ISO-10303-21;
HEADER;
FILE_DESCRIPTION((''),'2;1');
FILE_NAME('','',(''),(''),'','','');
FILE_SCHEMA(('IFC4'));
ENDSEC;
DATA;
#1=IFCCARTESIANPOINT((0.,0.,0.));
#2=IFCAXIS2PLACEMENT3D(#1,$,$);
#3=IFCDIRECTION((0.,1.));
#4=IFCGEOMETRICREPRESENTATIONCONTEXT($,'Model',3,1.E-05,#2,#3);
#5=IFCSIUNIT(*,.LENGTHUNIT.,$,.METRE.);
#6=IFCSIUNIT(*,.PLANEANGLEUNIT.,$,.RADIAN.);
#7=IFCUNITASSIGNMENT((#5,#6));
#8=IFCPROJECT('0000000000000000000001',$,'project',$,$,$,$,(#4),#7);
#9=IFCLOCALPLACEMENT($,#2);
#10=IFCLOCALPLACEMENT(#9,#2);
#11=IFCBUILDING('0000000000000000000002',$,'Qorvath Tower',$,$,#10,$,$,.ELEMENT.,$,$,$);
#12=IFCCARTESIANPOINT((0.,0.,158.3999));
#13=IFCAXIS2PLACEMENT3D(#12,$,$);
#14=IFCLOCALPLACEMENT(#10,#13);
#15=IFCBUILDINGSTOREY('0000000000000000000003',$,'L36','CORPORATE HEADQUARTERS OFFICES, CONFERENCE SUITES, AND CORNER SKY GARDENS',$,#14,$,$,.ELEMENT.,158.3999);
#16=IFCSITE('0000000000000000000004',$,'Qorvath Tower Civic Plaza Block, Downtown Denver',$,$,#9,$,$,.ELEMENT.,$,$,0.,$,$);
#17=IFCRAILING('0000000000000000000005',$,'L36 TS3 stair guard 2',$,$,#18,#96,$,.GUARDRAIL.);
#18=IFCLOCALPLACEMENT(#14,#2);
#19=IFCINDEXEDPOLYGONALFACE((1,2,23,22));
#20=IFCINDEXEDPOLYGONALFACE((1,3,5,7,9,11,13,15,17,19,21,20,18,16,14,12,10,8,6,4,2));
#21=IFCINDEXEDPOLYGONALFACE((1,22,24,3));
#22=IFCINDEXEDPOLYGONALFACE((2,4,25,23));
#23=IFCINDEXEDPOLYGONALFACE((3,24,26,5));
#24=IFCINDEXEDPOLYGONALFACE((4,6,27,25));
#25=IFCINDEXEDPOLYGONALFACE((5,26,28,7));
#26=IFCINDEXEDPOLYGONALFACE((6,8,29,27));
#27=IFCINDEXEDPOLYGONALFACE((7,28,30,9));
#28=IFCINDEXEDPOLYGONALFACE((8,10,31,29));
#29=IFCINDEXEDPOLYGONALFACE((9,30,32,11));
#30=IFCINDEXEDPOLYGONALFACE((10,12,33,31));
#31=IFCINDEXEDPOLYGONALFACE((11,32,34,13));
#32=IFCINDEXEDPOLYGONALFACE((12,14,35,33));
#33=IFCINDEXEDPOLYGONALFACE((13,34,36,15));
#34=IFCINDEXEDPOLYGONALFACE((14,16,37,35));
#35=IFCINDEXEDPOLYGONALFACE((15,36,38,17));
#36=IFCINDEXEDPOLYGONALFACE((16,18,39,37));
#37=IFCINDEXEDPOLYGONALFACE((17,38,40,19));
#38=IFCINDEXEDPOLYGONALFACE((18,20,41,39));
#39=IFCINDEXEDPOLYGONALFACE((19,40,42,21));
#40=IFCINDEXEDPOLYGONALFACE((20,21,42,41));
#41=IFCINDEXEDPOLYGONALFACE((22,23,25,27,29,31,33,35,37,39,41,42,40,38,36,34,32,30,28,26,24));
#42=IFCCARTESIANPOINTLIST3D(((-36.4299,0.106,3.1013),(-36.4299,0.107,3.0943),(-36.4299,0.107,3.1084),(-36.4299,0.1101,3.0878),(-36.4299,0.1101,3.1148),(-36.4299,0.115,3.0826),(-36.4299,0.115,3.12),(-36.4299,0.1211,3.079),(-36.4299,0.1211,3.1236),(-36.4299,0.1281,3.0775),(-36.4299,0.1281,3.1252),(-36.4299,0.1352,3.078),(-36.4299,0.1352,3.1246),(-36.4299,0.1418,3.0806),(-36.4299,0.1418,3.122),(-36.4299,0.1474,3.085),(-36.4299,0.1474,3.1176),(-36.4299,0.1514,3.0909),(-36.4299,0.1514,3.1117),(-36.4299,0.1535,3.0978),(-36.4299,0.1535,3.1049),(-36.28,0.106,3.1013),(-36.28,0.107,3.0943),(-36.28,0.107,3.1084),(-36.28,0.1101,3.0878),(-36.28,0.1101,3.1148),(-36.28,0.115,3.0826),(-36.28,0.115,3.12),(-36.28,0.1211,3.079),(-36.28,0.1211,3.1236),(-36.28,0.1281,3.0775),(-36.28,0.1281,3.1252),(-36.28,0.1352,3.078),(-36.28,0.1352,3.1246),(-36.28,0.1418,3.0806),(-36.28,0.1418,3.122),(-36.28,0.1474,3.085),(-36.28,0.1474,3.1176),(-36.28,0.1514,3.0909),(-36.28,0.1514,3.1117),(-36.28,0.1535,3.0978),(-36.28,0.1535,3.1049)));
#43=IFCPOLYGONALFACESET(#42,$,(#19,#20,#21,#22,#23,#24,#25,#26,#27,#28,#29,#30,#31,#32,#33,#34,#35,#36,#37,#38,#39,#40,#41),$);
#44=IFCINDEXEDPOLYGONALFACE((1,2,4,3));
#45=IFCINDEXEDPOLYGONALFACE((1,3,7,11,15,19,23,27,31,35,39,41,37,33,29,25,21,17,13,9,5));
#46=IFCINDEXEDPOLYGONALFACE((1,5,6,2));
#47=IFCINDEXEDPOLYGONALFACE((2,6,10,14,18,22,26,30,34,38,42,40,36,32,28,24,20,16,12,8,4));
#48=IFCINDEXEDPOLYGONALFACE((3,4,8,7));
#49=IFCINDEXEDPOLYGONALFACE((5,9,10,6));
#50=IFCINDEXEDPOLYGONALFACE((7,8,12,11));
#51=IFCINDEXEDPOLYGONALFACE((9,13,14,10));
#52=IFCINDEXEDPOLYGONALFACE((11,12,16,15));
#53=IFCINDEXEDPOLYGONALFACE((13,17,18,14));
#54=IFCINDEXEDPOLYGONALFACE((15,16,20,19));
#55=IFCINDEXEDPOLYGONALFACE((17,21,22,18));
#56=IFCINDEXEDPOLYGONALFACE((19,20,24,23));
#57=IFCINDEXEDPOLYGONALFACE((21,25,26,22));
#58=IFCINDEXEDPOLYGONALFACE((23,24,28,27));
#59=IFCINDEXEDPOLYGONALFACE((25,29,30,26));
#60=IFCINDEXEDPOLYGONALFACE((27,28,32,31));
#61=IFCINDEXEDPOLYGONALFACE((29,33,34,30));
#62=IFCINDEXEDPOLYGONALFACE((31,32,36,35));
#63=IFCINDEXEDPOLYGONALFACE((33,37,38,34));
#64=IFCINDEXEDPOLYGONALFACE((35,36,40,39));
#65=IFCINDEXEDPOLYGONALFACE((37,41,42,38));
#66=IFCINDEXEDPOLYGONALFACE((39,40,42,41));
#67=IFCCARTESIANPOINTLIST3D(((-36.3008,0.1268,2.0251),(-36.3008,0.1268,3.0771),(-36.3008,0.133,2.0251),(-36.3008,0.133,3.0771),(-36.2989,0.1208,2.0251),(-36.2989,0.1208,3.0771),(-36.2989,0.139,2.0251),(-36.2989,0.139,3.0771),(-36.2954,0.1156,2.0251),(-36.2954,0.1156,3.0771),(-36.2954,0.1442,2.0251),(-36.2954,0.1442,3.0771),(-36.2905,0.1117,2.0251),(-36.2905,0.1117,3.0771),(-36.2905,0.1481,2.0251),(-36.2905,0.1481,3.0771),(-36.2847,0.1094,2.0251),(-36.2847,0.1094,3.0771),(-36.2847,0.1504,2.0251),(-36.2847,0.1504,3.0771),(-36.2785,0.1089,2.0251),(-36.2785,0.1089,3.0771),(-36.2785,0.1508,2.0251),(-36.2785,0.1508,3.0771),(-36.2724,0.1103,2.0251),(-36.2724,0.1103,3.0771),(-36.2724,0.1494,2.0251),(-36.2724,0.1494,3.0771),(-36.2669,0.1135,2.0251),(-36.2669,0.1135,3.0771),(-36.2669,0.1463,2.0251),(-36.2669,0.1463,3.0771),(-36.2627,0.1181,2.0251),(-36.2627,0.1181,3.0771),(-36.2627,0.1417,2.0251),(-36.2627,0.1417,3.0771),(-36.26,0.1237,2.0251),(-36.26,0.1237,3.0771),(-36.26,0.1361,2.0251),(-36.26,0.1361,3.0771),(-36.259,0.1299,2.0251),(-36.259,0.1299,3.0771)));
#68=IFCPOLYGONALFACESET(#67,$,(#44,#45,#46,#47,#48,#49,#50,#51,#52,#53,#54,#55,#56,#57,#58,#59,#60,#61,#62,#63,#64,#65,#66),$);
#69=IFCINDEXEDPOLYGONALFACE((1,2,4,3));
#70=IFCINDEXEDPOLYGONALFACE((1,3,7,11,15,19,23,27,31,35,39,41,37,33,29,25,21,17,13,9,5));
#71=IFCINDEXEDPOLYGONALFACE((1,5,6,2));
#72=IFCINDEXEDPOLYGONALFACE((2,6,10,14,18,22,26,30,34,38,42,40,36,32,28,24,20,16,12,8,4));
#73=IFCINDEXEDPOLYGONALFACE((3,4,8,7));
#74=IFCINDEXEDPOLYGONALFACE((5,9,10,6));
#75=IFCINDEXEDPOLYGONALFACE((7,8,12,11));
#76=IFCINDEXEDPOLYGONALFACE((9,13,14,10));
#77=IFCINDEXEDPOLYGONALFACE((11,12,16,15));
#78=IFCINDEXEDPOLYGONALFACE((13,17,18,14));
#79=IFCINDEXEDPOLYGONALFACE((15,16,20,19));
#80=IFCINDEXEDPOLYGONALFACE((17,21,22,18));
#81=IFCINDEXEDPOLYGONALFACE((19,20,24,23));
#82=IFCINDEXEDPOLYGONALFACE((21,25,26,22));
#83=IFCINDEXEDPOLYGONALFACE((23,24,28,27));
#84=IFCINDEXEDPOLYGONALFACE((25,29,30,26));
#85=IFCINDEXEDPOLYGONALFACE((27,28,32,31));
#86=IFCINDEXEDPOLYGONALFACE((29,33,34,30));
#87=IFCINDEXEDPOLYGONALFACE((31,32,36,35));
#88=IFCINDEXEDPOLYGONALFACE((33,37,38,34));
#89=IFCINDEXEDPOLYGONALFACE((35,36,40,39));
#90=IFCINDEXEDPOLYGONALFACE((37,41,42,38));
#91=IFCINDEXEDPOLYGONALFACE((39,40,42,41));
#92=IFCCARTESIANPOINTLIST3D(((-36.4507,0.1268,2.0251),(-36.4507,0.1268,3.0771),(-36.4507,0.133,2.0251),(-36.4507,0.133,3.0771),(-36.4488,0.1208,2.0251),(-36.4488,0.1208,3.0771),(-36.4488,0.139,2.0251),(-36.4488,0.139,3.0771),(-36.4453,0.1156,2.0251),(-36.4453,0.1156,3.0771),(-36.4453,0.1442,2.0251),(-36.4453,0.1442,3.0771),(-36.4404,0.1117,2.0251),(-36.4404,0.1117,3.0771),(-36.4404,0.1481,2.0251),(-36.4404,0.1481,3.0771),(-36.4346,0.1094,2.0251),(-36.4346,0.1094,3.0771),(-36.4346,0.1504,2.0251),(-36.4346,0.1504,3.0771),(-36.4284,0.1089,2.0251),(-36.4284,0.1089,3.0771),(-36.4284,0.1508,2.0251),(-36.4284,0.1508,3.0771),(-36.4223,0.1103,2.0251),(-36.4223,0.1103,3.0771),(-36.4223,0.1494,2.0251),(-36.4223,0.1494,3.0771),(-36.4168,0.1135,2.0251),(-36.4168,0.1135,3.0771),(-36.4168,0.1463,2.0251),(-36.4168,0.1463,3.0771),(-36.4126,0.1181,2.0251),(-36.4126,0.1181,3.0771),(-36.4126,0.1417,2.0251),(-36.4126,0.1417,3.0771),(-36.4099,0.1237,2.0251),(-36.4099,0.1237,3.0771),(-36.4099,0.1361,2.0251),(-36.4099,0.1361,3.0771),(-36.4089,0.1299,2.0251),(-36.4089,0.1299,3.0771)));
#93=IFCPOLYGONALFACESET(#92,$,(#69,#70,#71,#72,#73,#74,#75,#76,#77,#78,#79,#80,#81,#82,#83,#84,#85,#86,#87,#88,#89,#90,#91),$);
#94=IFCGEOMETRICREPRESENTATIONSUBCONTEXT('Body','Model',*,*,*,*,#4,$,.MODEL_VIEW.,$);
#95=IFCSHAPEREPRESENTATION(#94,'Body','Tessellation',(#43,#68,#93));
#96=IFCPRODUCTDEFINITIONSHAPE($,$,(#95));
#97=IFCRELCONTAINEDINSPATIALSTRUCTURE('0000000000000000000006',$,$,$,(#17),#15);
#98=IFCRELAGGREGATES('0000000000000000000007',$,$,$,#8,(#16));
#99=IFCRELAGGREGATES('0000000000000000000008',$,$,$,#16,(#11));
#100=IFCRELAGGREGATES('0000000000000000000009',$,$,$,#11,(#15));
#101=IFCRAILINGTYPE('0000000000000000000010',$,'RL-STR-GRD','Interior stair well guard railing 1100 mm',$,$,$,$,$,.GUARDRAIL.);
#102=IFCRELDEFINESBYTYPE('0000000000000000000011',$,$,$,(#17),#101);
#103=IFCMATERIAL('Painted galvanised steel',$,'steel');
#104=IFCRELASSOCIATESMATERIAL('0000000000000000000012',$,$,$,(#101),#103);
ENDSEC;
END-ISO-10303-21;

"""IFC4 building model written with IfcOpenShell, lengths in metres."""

from ifc_helpers import new_model, si_unit, direction, frame, origin, origin_2d, place, context, subcontext, project, spatial, circle, extrude, material, type_object, element, save


model = new_model("IFC4")

# Units and contexts
model_context = context("Model", 3, precision=1e-05, world=origin(), true_north=direction((0.0, 1.0)))
body_context = subcontext(model_context, "Body", "Model", "MODEL_VIEW")
ifc_project = project(units=[si_unit("LENGTHUNIT", "METRE"), si_unit("PLANEANGLEUNIT", "RADIAN")], contexts=[model_context])

# Site, building, storey
site_placement = place(None, origin())
site = spatial("IfcSite", under=ifc_project, at=site_placement, Name="Qorvath Tower Civic Plaza Block, Downtown Denver", CompositionType="ELEMENT", RefElevation=0.0)
building_placement = place(site_placement, origin())
building = spatial("IfcBuilding", under=site, at=building_placement, Name="Qorvath Tower", CompositionType="ELEMENT")
storey_placement = place(building_placement, frame((0.0, 0.0, 158.3999)))
storey = spatial("IfcBuildingStorey", under=building, at=storey_placement, Name="L36", Description="CORPORATE HEADQUARTERS OFFICES, CONFERENCE SUITES, AND CORNER SKY GARDENS", CompositionType="ELEMENT", Elevation=158.3999)

# Railing
ifc_material_1 = material(Name="Painted galvanised steel", Category="steel")
railing_type = type_object("IfcRailingType", Name="RL-STR-GRD", Description="Interior stair well guard railing 1100 mm", PredefinedType="GUARDRAIL", material=ifc_material_1)
railing_1_placement = place(storey_placement, frame((-36.28, 0.1299, 2.0251)))
element("IfcRailing", 1, at=railing_1_placement, inside=storey, type_object=railing_type, Name="L36 TS3 stair guard 2", PredefinedType="GUARDRAIL", context=body_context, shape_type="SweptSolid", body=[
    extrude(circle(Radius=0.0239, at=origin_2d()), frame((0.0, 0.0, 1.0762), z_axis=(-1.0, 0.0, 0.0), x_axis=(0.0, -1.0, 0.0)), (0.0, 0.0, 1.0), 0.1499),
    extrude(circle(Radius=0.021, at=origin_2d()), origin(), (0.0, 0.0, 1.0), 1.052),
    extrude(circle(Radius=0.021, at=origin_2d()), frame((-0.1499, 0.0, 0.0)), (0.0, 0.0, 1.0), 1.052),
])

save(model, "model.ifc")
